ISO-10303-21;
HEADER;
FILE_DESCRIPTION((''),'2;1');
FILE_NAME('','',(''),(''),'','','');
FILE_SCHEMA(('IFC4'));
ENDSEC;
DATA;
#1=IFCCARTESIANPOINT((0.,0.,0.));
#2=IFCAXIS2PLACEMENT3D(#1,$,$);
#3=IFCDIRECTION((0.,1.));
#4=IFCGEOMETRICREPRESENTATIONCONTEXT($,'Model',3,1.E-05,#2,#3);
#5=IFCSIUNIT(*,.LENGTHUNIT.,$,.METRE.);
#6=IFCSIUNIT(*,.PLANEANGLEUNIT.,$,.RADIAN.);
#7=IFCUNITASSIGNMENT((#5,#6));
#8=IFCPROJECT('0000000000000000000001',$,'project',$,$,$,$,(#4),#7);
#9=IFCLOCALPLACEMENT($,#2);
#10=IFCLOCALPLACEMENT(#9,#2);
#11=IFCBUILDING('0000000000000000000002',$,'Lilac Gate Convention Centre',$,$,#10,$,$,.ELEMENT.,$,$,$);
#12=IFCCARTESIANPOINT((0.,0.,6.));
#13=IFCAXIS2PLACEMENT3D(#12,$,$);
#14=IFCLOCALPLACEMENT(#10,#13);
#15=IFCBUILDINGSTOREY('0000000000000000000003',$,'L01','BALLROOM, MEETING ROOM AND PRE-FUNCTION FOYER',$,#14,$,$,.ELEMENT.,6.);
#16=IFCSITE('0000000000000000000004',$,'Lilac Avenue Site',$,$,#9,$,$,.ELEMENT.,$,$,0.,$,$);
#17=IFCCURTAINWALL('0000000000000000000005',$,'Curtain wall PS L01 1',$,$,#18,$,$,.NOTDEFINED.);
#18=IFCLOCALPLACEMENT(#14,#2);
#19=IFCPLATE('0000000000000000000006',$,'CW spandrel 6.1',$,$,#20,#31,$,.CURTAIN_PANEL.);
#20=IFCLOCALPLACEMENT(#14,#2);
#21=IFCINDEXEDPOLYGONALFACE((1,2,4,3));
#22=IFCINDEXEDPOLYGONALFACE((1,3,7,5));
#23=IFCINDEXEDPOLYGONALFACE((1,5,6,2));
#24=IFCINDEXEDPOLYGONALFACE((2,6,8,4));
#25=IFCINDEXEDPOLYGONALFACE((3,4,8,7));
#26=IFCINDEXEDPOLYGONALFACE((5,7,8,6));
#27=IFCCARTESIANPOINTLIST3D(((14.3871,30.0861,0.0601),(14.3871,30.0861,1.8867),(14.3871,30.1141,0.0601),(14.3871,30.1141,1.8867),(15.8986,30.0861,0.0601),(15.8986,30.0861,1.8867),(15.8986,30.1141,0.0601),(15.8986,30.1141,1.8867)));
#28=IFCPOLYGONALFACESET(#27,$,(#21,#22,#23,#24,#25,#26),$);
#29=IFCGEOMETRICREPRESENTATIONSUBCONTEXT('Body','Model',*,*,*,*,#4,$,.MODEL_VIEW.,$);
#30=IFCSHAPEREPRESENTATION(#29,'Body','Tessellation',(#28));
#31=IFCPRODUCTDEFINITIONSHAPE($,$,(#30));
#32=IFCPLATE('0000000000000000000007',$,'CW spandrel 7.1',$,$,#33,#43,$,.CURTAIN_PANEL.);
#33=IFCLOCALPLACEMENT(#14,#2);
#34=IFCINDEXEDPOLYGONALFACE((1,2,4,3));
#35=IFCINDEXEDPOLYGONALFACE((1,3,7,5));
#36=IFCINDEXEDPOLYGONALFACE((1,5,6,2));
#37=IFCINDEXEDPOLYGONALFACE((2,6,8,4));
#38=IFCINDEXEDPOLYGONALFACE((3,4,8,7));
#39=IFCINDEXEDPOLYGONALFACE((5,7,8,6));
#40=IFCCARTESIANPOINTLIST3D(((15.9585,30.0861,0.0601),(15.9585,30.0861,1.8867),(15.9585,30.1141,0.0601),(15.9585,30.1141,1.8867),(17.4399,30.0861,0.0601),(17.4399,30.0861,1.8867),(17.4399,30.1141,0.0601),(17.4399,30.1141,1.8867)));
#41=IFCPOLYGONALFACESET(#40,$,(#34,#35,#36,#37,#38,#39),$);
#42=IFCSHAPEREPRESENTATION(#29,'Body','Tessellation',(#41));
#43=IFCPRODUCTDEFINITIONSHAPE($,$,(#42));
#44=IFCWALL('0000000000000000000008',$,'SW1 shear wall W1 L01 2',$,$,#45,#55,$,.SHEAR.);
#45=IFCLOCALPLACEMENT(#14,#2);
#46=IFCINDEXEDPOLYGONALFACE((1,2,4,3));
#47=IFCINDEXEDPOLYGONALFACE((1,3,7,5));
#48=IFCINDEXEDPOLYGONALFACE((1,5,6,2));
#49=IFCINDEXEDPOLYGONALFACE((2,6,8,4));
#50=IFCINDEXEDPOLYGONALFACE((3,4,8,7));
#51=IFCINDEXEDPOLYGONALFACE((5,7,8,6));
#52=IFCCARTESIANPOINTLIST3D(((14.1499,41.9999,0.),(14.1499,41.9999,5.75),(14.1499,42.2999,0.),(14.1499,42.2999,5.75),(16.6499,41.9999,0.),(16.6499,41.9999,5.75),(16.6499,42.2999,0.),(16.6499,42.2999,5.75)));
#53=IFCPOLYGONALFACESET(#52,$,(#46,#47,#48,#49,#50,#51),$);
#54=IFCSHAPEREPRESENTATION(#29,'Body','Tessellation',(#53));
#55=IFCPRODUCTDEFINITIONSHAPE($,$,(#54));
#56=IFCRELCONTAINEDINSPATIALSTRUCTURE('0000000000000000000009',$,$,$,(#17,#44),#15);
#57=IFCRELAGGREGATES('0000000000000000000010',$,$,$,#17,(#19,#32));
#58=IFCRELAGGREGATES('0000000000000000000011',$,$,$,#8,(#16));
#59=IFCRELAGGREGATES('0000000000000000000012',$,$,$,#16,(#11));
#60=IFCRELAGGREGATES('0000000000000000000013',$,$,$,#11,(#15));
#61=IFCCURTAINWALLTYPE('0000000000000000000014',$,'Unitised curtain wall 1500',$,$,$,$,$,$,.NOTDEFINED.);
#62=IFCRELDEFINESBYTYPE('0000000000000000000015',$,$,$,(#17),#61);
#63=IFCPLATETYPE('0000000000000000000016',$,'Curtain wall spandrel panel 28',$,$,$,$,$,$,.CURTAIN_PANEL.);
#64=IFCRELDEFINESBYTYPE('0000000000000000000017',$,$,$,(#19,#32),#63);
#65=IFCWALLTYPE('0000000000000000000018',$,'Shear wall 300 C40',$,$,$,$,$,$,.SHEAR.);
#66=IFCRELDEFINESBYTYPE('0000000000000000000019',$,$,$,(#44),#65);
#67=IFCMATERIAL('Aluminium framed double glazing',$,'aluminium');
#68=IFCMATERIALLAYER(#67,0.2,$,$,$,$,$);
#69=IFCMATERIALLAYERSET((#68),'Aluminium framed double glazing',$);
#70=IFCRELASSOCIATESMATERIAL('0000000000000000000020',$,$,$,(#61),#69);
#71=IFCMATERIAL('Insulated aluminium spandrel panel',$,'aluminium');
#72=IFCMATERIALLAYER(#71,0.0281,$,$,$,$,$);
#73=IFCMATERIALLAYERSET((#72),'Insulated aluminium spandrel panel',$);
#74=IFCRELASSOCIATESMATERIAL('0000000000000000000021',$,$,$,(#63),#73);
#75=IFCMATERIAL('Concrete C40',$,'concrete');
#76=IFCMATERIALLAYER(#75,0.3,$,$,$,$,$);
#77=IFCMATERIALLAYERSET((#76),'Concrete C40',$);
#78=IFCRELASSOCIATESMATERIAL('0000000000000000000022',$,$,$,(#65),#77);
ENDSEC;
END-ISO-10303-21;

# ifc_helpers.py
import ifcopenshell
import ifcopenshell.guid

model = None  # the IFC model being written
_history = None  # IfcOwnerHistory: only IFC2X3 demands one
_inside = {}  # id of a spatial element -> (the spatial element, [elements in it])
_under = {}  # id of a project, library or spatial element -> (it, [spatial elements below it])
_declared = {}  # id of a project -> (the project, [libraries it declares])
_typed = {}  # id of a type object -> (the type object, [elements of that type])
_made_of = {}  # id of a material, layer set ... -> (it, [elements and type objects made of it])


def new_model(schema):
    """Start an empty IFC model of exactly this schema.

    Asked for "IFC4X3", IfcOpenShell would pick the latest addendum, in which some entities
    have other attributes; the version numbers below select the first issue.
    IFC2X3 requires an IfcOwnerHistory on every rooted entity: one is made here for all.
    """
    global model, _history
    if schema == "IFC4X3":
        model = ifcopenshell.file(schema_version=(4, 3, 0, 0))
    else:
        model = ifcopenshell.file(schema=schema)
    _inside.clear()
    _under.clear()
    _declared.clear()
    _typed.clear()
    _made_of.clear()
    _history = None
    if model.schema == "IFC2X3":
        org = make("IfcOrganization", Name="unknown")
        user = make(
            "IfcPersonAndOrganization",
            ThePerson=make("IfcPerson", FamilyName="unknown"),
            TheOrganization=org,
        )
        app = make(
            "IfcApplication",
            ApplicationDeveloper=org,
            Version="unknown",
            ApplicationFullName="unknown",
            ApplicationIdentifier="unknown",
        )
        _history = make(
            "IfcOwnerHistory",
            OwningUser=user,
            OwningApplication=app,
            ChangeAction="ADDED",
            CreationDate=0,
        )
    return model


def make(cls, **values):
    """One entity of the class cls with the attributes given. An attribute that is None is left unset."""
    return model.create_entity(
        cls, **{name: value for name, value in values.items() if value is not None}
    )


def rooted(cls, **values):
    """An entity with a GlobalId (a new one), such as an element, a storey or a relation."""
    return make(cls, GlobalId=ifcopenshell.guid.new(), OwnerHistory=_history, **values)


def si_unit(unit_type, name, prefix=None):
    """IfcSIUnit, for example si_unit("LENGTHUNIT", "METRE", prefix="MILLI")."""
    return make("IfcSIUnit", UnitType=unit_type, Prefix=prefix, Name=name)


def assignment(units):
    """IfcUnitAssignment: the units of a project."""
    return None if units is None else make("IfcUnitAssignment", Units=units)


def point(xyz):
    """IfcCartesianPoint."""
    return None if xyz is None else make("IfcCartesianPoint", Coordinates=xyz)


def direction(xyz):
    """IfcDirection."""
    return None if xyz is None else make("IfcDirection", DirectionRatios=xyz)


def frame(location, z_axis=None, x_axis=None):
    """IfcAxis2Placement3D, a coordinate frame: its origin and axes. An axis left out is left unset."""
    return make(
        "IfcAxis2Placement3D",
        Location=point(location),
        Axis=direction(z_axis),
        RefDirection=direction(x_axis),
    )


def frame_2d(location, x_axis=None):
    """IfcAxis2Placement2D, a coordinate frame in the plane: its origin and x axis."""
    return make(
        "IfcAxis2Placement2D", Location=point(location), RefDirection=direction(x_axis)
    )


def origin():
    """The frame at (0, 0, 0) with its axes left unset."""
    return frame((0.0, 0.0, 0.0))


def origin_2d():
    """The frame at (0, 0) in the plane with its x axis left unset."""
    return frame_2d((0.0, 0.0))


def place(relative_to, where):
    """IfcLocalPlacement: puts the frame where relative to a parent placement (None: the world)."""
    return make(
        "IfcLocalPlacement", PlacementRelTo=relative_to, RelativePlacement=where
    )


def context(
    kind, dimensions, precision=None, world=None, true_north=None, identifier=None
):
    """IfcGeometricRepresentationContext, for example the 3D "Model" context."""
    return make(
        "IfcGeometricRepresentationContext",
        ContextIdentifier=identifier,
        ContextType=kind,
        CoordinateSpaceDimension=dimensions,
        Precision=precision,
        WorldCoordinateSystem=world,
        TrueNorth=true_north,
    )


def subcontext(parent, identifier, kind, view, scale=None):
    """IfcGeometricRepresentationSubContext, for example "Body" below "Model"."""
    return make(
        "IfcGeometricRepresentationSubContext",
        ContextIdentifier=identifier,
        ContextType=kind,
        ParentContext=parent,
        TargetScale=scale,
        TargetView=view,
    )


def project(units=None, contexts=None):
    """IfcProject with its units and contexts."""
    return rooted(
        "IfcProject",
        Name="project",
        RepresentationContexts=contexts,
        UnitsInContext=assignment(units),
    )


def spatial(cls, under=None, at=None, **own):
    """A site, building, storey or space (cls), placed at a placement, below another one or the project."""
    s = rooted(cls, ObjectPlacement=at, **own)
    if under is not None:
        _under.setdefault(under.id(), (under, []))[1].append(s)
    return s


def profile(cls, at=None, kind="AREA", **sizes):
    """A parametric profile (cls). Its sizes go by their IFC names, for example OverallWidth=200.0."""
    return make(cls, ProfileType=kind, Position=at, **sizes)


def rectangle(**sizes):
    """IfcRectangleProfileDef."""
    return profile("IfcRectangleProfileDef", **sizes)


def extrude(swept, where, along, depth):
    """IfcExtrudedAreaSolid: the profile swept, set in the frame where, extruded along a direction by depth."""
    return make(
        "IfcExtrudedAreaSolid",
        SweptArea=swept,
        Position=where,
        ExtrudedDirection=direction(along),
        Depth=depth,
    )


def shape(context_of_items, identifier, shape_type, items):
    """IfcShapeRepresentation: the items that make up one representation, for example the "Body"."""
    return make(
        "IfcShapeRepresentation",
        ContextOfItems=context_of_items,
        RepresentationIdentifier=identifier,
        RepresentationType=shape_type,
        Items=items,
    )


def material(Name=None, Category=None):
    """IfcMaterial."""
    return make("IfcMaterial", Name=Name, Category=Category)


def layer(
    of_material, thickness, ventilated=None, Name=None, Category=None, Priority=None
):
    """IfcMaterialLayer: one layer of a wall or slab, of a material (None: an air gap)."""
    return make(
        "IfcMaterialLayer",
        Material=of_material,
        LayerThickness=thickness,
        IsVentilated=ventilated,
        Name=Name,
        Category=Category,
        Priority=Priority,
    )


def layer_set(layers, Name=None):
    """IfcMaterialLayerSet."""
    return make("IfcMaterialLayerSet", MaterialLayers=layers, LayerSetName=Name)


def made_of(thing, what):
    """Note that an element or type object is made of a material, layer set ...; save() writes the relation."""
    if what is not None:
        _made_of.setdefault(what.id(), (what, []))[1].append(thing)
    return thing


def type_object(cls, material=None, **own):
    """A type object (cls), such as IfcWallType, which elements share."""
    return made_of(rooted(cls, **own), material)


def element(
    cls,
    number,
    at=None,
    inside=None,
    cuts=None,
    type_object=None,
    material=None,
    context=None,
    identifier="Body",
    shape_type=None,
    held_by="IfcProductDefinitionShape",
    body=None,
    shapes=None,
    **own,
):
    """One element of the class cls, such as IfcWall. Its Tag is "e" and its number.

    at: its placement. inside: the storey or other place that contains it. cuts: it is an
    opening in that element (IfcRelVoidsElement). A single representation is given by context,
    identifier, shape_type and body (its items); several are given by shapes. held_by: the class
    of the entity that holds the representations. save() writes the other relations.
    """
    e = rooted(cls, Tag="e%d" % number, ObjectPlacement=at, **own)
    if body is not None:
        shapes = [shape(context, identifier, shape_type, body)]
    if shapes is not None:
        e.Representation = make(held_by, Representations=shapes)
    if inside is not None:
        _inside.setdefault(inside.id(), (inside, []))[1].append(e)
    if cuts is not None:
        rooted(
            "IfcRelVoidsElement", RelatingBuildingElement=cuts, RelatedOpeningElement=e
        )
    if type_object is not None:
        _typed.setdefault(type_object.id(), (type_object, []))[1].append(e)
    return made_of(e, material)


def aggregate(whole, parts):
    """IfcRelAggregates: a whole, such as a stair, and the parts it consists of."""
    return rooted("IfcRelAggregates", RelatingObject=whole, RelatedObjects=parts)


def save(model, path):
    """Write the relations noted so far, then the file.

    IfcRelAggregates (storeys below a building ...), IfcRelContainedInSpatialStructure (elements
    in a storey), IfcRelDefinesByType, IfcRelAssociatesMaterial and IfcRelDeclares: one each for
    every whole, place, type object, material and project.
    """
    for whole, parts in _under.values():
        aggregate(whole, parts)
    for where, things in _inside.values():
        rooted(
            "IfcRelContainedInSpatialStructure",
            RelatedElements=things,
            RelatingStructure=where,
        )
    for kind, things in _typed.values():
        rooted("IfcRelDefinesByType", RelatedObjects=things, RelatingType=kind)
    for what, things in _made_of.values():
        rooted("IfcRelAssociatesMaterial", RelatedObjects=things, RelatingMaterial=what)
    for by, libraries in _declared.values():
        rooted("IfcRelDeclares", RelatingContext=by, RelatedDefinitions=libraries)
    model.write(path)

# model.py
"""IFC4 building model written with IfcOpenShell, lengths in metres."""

from ifc_helpers import new_model, si_unit, direction, frame, frame_2d, origin, origin_2d, place, context, subcontext, project, spatial, rectangle, extrude, material, layer, layer_set, type_object, element, aggregate, save


model = new_model("IFC4")

# Units and contexts
model_context = context("Model", 3, precision=1e-05, world=origin(), true_north=direction((0.0, 1.0)))
body_context = subcontext(model_context, "Body", "Model", "MODEL_VIEW")
ifc_project = project(units=[si_unit("LENGTHUNIT", "METRE"), si_unit("PLANEANGLEUNIT", "RADIAN")], contexts=[model_context])

# Site, building, storey
site_placement = place(None, origin())
site = spatial("IfcSite", under=ifc_project, at=site_placement, Name="Lilac Avenue Site", CompositionType="ELEMENT", RefElevation=0.0)
building_placement = place(site_placement, origin())
building = spatial("IfcBuilding", under=site, at=building_placement, Name="Lilac Gate Convention Centre", CompositionType="ELEMENT")
storey_placement = place(building_placement, frame((0.0, 0.0, 6.0)))
storey = spatial("IfcBuildingStorey", under=building, at=storey_placement, Name="L01", Description="BALLROOM, MEETING ROOM AND PRE-FUNCTION FOYER", CompositionType="ELEMENT", Elevation=6.0)

# Curtain wall
ifc_material_1 = material(Name="Aluminium framed double glazing", Category="aluminium")
ifc_layer_1 = layer(ifc_material_1, 0.2)
ifc_layer_set_1 = layer_set([ifc_layer_1], Name="Aluminium framed double glazing")
curtain_wall_type = type_object("IfcCurtainWallType", Name="Unitised curtain wall 1500", PredefinedType="NOTDEFINED", material=ifc_layer_set_1)
curtain_wall_placement = place(storey_placement, origin())
curtain_wall = element("IfcCurtainWall", 1, at=curtain_wall_placement, inside=storey, type_object=curtain_wall_type, Name="Curtain wall PS L01 1", PredefinedType="NOTDEFINED")

# Shared definitions
ifc_material_2 = material(Name="Concrete C40", Category="concrete")

# Plates
ifc_material_3 = material(Name="Insulated aluminium spandrel panel", Category="aluminium")
ifc_layer_2 = layer(ifc_material_3, 0.0281)
ifc_layer_set_2 = layer_set([ifc_layer_2], Name="Insulated aluminium spandrel panel")
plate_type_1 = type_object("IfcPlateType", Name="Curtain wall spandrel panel 28", PredefinedType="CURTAIN_PANEL", material=ifc_layer_set_2)
plate_1_placement = place(storey_placement, frame((15.1428, 30.1001, 0.0601), z_axis=(0.0, 0.0, 1.0), x_axis=(1.0, 0.0, 0.0)))
plate_1 = element("IfcPlate", 2, at=plate_1_placement, type_object=plate_type_1, Name="CW spandrel 6.1", PredefinedType="CURTAIN_PANEL", context=body_context, shape_type="SweptSolid", body=[
    extrude(rectangle(XDim=1.5115, YDim=0.0281, at=origin_2d()), origin(), (0.0, 0.0, 1.0), 1.8267),
])
plate_2_placement = place(storey_placement, frame((16.6992, 30.1001, 0.0601), z_axis=(0.0, 0.0, 1.0), x_axis=(1.0, 0.0, 0.0)))
plate_2 = element("IfcPlate", 3, at=plate_2_placement, type_object=plate_type_1, Name="CW spandrel 7.1", PredefinedType="CURTAIN_PANEL", context=body_context, shape_type="SweptSolid", body=[
    extrude(rectangle(XDim=1.4814, YDim=0.0281, at=origin_2d()), origin(), (0.0, 0.0, 1.0), 1.8267),
])
aggregate(curtain_wall, [plate_1, plate_2])

# Wall
ifc_layer_3 = layer(ifc_material_2, 0.3)
ifc_layer_set_3 = layer_set([ifc_layer_3], Name="Concrete C40")
wall_type = type_object("IfcWallType", Name="Shear wall 300 C40", PredefinedType="SHEAR", material=ifc_layer_set_3)
wall_placement = place(storey_placement, frame((14.1499, 42.1499, 0.0), z_axis=(0.0, 0.0, 1.0), x_axis=(1.0, 0.0, 0.0)))
element("IfcWall", 4, at=wall_placement, inside=storey, type_object=wall_type, Name="SW1 shear wall W1 L01 2", PredefinedType="SHEAR", context=body_context, shape_type="SweptSolid", body=[
    extrude(rectangle(XDim=2.5, YDim=0.3, at=frame_2d((1.25, 0.0))), origin(), (0.0, 0.0, 1.0), 5.75),
])

save(model, "model.ifc")
